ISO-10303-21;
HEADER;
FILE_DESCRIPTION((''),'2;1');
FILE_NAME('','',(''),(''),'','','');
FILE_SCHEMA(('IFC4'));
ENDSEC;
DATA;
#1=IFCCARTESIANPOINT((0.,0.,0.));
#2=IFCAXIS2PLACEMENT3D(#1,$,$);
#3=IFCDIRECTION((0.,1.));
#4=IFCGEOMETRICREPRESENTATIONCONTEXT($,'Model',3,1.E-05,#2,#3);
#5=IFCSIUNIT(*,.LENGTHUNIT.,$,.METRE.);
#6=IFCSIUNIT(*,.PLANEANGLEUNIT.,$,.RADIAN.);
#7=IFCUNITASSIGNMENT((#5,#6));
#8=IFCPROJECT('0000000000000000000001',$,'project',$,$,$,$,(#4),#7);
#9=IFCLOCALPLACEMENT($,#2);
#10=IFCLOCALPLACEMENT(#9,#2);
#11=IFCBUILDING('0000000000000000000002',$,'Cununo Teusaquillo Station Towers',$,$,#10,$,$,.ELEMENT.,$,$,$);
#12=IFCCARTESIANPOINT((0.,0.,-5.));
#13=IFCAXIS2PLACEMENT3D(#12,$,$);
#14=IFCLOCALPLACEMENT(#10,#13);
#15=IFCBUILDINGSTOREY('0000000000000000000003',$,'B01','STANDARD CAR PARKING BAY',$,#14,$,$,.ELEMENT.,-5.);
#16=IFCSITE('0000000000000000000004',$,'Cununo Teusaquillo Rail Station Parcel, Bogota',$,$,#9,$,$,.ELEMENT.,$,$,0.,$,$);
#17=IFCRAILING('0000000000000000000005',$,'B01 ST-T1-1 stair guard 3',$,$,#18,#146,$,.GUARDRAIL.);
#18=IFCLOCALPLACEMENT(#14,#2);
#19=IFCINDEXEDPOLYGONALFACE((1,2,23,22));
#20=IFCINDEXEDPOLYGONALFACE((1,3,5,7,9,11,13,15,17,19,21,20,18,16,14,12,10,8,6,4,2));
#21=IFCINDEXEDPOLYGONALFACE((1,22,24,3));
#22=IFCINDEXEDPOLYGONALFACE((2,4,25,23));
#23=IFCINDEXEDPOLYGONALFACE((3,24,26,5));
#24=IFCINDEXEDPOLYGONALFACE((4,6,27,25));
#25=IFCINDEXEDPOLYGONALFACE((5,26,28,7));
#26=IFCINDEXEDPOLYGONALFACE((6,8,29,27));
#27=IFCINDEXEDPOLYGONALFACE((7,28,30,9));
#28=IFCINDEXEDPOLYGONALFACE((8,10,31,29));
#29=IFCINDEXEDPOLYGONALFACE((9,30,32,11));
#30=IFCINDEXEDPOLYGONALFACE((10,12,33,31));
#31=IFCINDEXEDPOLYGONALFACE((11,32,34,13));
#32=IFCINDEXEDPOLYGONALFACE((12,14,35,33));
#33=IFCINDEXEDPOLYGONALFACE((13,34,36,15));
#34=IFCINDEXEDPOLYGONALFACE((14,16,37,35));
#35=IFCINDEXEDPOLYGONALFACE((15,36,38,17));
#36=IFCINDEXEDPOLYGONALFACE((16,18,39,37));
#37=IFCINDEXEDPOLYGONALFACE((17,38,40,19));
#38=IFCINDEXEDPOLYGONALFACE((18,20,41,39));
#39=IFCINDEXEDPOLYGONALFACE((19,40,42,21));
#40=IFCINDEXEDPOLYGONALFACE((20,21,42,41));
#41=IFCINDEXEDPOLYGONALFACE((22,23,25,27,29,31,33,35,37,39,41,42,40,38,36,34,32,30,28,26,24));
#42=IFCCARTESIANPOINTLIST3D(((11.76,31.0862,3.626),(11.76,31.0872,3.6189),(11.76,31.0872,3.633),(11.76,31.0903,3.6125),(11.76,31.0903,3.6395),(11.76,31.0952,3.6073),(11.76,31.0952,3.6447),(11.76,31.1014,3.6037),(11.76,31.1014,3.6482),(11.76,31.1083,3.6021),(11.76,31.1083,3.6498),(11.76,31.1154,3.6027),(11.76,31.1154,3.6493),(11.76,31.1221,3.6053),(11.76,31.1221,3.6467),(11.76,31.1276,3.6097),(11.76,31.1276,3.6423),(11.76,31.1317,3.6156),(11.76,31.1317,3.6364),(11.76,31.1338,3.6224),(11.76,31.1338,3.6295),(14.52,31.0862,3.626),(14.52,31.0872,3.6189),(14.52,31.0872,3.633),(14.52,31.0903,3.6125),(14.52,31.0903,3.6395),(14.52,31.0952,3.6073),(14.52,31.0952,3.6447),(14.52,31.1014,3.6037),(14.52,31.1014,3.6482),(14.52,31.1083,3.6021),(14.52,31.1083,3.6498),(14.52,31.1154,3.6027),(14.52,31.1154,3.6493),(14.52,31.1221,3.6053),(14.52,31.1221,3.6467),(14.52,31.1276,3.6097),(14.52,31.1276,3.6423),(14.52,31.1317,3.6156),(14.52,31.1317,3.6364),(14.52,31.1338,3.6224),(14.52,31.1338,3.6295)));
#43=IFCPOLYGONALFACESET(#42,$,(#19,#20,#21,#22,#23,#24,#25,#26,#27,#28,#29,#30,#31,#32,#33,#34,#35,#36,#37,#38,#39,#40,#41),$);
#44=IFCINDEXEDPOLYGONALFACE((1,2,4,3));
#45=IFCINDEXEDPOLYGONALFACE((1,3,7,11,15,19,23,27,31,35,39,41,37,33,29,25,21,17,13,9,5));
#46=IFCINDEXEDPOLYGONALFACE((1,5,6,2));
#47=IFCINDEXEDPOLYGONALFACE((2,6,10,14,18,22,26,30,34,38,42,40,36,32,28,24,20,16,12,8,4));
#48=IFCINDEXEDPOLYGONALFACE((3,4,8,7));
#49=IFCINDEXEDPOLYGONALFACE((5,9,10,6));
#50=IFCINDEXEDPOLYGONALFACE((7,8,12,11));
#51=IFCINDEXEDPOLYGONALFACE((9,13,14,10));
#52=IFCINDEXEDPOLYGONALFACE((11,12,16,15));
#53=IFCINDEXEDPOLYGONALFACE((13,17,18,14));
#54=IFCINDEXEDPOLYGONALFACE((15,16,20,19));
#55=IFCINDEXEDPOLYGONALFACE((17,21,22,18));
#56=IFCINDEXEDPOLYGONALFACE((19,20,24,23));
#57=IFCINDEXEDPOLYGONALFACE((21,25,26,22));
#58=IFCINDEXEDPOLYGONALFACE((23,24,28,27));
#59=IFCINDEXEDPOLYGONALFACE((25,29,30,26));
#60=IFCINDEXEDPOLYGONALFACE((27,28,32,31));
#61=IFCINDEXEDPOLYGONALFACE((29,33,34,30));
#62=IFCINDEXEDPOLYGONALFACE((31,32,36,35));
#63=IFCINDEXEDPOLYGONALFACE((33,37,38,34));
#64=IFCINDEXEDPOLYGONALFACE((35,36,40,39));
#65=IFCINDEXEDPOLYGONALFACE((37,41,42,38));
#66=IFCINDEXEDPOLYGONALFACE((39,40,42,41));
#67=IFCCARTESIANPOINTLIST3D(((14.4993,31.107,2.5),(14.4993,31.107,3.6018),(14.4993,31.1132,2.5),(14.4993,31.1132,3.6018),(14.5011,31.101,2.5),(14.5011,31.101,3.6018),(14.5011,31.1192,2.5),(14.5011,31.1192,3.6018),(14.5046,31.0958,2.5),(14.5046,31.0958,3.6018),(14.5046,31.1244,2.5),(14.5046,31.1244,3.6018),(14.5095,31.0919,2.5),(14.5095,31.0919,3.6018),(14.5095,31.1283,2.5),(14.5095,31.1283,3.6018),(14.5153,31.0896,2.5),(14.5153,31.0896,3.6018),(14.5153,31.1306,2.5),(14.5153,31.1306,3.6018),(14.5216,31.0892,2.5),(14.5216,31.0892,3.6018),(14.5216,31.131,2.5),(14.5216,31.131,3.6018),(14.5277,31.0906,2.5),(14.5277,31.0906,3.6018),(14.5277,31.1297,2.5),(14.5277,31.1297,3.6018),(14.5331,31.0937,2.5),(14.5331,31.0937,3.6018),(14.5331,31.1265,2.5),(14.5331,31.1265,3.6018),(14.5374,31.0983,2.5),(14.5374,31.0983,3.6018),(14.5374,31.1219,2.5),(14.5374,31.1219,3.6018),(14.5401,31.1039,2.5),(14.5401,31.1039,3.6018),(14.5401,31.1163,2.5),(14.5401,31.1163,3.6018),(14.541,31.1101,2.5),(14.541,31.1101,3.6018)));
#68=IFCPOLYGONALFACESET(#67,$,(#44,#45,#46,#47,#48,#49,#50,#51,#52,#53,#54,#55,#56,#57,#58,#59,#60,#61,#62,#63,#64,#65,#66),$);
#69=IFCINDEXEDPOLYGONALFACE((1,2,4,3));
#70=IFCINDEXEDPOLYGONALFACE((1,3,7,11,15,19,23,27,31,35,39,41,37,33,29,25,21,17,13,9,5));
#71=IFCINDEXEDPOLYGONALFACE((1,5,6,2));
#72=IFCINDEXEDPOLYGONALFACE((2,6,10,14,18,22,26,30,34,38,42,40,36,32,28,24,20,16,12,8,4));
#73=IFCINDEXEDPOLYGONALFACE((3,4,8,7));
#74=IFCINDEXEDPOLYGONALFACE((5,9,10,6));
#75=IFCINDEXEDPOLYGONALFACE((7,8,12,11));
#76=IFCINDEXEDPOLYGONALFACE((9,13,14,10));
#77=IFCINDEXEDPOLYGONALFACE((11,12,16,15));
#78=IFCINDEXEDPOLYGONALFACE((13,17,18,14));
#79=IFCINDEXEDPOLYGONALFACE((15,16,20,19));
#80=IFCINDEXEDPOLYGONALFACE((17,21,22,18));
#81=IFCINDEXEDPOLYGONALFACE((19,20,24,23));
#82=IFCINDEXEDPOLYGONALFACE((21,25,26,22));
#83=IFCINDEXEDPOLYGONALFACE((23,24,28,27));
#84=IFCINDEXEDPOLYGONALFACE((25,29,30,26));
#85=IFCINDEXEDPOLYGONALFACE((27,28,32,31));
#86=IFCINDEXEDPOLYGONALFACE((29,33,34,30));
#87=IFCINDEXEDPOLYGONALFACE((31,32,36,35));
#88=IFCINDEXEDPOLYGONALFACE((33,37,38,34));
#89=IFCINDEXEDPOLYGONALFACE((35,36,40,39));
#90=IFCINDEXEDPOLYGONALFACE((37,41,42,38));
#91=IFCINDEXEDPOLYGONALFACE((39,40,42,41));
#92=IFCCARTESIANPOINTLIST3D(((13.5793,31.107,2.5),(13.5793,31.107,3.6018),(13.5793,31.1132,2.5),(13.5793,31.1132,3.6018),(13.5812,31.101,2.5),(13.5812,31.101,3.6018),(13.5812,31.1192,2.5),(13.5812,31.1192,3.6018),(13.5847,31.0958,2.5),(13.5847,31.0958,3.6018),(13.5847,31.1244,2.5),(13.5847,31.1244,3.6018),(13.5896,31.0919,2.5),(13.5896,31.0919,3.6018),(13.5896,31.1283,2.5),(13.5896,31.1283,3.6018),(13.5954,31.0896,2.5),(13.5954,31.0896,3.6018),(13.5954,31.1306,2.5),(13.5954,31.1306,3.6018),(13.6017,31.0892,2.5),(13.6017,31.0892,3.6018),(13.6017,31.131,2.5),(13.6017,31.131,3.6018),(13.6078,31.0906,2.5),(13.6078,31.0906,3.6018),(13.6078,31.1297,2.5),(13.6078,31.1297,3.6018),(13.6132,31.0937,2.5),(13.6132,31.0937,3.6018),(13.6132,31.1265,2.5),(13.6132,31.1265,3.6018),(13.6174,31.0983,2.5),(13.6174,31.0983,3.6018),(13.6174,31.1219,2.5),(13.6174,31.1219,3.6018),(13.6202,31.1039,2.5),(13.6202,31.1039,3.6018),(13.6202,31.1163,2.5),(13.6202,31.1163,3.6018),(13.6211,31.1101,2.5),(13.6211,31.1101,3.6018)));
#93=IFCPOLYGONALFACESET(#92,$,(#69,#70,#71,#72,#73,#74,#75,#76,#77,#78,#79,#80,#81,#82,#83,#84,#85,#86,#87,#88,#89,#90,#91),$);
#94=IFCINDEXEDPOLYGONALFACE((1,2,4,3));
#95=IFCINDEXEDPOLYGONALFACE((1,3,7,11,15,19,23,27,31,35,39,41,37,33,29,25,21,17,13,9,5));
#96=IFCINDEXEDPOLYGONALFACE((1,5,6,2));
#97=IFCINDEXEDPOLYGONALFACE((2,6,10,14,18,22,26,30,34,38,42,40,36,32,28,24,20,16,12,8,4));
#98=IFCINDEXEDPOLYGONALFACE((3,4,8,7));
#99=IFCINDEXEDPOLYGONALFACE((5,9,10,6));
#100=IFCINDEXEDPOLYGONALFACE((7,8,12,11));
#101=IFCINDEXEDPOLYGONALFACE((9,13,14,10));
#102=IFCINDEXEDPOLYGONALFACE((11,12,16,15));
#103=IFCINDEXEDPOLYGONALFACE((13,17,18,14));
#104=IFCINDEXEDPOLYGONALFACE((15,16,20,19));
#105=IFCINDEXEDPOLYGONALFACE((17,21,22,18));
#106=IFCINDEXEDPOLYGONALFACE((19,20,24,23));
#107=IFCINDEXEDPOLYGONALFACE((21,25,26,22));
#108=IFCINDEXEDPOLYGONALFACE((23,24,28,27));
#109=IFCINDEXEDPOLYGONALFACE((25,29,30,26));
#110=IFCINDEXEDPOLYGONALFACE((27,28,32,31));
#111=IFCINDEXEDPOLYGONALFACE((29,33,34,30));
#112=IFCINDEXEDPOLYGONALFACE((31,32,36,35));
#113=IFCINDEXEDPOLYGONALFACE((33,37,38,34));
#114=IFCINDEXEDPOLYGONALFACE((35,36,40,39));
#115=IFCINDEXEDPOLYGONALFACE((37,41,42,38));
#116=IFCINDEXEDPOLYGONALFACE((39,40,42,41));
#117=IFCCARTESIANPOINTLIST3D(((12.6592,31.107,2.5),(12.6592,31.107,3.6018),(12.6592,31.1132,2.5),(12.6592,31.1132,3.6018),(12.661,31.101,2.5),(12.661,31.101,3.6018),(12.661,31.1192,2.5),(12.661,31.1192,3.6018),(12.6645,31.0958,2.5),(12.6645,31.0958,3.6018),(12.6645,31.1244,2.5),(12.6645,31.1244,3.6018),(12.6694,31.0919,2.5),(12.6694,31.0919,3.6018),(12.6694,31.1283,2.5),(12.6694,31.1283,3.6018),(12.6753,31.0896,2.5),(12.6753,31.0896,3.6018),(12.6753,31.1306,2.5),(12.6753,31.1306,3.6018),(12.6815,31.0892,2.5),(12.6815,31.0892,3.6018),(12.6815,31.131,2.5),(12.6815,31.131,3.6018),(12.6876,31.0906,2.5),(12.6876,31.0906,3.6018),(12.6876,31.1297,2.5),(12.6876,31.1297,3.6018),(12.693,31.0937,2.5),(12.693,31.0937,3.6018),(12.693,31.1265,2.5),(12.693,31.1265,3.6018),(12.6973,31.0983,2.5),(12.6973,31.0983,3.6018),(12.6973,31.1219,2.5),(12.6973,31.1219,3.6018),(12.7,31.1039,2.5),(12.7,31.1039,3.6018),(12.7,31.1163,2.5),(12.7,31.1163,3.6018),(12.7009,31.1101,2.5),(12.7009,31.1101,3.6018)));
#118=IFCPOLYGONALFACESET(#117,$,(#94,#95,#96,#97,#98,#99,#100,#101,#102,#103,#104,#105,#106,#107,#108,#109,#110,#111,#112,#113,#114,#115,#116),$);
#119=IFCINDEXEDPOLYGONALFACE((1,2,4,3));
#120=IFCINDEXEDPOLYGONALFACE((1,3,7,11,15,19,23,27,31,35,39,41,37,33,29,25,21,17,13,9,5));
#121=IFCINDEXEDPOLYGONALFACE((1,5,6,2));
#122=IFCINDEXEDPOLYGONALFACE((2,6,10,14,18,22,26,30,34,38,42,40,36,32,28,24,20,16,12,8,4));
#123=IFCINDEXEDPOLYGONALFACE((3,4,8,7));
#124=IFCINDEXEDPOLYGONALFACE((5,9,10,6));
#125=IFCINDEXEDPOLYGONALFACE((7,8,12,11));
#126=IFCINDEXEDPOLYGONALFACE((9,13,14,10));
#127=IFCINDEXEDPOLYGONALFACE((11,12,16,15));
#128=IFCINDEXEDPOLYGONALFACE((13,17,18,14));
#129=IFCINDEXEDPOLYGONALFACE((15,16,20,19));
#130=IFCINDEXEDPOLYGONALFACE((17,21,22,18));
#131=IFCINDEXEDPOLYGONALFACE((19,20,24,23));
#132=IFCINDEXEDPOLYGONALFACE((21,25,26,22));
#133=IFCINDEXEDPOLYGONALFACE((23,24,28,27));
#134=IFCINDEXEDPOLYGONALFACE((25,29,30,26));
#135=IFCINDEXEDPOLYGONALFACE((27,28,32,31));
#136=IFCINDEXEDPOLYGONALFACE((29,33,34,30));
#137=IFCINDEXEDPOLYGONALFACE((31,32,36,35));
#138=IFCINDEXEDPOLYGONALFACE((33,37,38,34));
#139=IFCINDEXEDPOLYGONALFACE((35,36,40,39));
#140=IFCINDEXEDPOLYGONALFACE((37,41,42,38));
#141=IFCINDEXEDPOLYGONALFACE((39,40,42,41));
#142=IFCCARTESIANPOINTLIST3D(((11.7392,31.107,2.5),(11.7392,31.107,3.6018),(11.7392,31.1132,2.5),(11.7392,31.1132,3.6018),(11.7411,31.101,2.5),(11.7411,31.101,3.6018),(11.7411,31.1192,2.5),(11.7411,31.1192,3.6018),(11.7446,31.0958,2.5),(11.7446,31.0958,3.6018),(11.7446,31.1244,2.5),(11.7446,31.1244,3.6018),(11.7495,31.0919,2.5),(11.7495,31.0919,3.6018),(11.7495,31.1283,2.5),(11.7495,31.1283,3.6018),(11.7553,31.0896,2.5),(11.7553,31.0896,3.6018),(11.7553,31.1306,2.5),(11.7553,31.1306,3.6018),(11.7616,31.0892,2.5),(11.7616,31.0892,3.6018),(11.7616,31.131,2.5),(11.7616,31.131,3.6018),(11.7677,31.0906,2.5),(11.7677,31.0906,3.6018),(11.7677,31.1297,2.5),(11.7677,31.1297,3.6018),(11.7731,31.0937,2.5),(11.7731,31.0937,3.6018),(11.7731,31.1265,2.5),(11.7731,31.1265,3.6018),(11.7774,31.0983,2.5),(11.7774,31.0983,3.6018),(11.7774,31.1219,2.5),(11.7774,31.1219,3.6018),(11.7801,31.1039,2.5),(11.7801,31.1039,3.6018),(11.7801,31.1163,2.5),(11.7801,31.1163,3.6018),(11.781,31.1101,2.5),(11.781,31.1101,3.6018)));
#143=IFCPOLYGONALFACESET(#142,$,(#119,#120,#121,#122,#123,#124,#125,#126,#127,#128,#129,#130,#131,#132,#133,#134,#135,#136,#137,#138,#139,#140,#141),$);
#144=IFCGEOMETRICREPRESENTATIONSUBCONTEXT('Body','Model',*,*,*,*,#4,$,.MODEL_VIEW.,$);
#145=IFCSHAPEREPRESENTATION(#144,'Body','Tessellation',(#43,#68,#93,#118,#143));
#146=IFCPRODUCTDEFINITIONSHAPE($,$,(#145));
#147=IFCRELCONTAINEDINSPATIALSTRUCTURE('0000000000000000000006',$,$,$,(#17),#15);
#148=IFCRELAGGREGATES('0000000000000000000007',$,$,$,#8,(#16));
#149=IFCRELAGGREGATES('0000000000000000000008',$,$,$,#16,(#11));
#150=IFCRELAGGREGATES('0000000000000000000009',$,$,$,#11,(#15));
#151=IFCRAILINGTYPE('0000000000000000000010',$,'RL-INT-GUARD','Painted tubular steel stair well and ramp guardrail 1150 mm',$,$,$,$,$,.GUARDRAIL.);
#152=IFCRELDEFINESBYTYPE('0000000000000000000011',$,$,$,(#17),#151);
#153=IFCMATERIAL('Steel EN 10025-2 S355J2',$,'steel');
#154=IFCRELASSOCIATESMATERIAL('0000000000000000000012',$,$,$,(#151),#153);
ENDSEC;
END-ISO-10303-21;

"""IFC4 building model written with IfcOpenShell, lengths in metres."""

from ifc_helpers import new_model, si_unit, direction, frame, origin, origin_2d, place, context, subcontext, project, spatial, circle, extrude, material, type_object, element, save


model = new_model("IFC4")

# Units and contexts
model_context = context("Model", 3, precision=1e-05, world=origin(), true_north=direction((0.0, 1.0)))
body_context = subcontext(model_context, "Body", "Model", "MODEL_VIEW")
ifc_project = project(units=[si_unit("LENGTHUNIT", "METRE"), si_unit("PLANEANGLEUNIT", "RADIAN")], contexts=[model_context])

# Site, building, storey
site_placement = place(None, origin())
site = spatial("IfcSite", under=ifc_project, at=site_placement, Name="Cununo Teusaquillo Rail Station Parcel, Bogota", CompositionType="ELEMENT", RefElevation=0.0)
building_placement = place(site_placement, origin())
building = spatial("IfcBuilding", under=site, at=building_placement, Name="Cununo Teusaquillo Station Towers", CompositionType="ELEMENT")
storey_placement = place(building_placement, frame((0.0, 0.0, -5.0)))
storey = spatial("IfcBuildingStorey", under=building, at=storey_placement, Name="B01", Description="STANDARD CAR PARKING BAY", CompositionType="ELEMENT", Elevation=-5.0)

# Railing
ifc_material_1 = material(Name="Steel EN 10025-2 S355J2", Category="steel")
railing_type_1 = type_object("IfcRailingType", Name="RL-INT-GUARD", Description="Painted tubular steel stair well and ramp guardrail 1150 mm", PredefinedType="GUARDRAIL", material=ifc_material_1)
railing_1_placement = place(storey_placement, frame((14.52, 31.1101, 2.5)))
element("IfcRailing", 1, at=railing_1_placement, inside=storey, type_object=railing_type_1, Name="B01 ST-T1-1 stair guard 3", PredefinedType="GUARDRAIL", context=body_context, shape_type="SweptSolid", body=[
    extrude(circle(Radius=0.0239, at=origin_2d()), frame((0.0, 0.0, 1.126), z_axis=(-1.0, 0.0, 0.0), x_axis=(0.0, -1.0, 0.0)), (0.0, 0.0, 1.0), 2.76),
    extrude(circle(Radius=0.021, at=origin_2d()), origin(), (0.0, 0.0, 1.0), 1.1018),
    extrude(circle(Radius=0.021, at=origin_2d()), frame((-0.9199, 0.0, 0.0)), (0.0, 0.0, 1.0), 1.1018),
    extrude(circle(Radius=0.021, at=origin_2d()), frame((-1.8401, 0.0, 0.0)), (0.0, 0.0, 1.0), 1.1018),
    extrude(circle(Radius=0.021, at=origin_2d()), frame((-2.76, 0.0, 0.0)), (0.0, 0.0, 1.0), 1.1018),
])

save(model, "model.ifc")
